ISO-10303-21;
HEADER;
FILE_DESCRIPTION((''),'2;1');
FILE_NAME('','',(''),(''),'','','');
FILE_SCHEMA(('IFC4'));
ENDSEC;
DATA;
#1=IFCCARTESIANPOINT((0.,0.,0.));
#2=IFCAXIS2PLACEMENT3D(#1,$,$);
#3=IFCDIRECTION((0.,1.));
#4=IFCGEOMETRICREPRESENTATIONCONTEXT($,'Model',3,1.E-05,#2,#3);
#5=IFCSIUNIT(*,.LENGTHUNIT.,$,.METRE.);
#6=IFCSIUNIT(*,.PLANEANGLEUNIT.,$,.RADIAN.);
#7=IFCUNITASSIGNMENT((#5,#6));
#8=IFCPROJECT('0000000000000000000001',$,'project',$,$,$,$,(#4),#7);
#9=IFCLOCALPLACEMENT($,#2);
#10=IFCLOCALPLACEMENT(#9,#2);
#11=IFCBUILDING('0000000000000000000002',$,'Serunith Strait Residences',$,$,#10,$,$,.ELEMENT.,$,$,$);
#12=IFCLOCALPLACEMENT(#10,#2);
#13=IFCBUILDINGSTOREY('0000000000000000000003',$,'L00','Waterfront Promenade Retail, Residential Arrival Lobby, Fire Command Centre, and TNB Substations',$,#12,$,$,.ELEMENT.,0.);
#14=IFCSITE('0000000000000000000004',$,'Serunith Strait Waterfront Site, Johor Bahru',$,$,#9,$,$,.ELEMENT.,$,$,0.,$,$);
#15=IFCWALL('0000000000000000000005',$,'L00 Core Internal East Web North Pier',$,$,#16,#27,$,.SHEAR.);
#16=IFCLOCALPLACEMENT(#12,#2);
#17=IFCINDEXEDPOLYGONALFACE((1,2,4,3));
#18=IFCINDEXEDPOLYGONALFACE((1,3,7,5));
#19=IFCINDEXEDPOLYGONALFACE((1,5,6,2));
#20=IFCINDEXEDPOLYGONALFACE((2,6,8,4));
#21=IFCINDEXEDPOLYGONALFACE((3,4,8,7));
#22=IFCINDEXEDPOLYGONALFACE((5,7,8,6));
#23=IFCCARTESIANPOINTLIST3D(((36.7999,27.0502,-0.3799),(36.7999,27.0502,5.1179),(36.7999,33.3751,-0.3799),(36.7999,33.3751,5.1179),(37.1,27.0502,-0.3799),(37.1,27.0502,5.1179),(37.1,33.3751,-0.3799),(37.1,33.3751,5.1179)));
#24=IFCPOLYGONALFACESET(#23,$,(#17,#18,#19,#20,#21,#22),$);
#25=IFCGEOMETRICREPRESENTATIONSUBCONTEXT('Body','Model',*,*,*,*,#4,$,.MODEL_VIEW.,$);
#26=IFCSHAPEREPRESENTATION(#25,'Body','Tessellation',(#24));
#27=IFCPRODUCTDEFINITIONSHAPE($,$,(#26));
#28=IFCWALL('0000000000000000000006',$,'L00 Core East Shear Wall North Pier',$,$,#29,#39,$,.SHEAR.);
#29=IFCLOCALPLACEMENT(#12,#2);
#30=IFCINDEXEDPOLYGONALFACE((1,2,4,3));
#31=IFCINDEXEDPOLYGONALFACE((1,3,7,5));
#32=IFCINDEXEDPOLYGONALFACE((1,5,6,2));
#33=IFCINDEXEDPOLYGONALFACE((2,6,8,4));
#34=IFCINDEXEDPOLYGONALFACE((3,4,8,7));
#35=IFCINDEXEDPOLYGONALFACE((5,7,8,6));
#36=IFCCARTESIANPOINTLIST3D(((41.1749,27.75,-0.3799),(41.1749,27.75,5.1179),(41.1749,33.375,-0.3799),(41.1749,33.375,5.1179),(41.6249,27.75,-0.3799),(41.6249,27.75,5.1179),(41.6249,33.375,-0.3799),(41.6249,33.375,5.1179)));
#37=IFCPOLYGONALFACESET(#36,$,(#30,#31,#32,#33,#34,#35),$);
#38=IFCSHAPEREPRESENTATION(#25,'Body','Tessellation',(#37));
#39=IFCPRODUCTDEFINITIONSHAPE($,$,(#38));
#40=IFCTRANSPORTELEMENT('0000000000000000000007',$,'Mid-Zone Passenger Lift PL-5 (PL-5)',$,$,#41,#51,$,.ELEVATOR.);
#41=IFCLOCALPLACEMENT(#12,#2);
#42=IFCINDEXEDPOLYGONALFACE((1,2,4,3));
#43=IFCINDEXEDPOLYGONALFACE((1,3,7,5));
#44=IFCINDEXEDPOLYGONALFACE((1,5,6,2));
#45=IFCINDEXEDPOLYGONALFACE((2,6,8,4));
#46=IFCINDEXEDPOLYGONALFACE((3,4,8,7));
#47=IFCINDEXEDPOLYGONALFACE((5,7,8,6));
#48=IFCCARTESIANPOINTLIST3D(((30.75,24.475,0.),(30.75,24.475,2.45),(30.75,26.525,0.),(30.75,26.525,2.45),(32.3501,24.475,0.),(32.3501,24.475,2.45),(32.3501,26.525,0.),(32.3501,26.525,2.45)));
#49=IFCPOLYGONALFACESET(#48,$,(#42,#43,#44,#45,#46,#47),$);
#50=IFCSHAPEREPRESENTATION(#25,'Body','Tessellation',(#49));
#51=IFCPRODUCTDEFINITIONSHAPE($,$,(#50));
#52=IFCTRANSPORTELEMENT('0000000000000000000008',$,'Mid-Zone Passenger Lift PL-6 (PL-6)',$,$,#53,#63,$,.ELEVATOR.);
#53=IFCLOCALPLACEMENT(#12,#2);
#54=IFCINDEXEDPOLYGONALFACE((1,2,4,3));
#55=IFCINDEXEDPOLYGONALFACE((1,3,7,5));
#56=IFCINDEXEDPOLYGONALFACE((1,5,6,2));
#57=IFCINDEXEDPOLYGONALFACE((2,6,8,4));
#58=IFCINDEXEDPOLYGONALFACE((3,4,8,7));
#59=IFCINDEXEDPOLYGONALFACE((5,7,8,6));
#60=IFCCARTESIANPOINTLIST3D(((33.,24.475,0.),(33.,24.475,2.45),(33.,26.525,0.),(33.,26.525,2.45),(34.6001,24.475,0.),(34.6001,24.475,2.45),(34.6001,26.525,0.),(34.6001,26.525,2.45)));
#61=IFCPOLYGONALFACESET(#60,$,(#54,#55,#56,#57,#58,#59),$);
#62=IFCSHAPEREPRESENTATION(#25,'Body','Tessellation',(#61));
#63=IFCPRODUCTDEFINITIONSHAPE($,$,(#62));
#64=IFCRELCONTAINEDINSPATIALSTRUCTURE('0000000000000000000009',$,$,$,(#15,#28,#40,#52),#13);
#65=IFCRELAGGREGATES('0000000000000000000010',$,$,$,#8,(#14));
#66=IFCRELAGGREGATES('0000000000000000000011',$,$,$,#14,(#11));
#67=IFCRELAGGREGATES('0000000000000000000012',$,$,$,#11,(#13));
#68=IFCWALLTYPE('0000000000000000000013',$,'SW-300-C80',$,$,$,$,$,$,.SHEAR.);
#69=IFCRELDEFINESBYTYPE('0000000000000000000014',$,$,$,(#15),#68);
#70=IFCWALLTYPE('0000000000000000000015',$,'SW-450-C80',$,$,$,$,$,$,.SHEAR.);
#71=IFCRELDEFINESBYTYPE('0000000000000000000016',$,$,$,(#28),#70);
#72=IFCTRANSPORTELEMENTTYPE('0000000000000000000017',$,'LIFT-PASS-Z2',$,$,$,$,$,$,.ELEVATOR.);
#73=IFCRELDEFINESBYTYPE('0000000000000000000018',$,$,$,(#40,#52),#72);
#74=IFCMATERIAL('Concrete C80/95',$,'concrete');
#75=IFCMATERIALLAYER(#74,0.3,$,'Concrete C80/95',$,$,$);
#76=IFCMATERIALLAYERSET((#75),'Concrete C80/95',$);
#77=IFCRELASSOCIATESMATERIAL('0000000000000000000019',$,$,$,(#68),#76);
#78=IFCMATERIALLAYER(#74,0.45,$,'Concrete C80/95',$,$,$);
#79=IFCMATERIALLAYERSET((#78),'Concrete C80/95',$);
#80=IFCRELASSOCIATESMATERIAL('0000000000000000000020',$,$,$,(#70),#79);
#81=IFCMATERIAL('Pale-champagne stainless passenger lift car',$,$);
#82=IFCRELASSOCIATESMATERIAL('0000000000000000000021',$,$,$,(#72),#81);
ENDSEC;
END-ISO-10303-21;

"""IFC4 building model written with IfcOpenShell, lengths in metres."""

from ifc_helpers import new_model, si_unit, direction, frame, frame_2d, origin, origin_2d, place, context, subcontext, project, spatial, rectangle, extrude, source, transform, mapped, material, layer, layer_set, type_object, element, save


model = new_model("IFC4")

# Units and contexts
model_context = context("Model", 3, precision=1e-05, world=origin(), true_north=direction((0.0, 1.0)))
body_context = subcontext(model_context, "Body", "Model", "MODEL_VIEW")
ifc_project = project(units=[si_unit("LENGTHUNIT", "METRE"), si_unit("PLANEANGLEUNIT", "RADIAN")], contexts=[model_context])

# Site, building, storey
site_placement = place(None, origin())
site = spatial("IfcSite", under=ifc_project, at=site_placement, Name="Serunith Strait Waterfront Site, Johor Bahru", CompositionType="ELEMENT", RefElevation=0.0)
building_placement = place(site_placement, origin())
building = spatial("IfcBuilding", under=site, at=building_placement, Name="Serunith Strait Residences", CompositionType="ELEMENT")
storey_placement = place(building_placement, origin())
storey = spatial("IfcBuildingStorey", under=building, at=storey_placement, Name="L00", Description="Waterfront Promenade Retail, Residential Arrival Lobby, Fire Command Centre, and TNB Substations", CompositionType="ELEMENT", Elevation=0.0)

# Walls
ifc_material_1 = material(Name="Concrete C80/95", Category="concrete")
ifc_layer_1 = layer(ifc_material_1, 0.3, Name="Concrete C80/95")
ifc_layer_set_1 = layer_set([ifc_layer_1], Name="Concrete C80/95")
wall_type_1 = type_object("IfcWallType", Name="SW-300-C80", PredefinedType="SHEAR", material=ifc_layer_set_1)
wall_1_placement = place(storey_placement, frame((36.95, 27.05, -0.3799), z_axis=(0.0, 0.0, 1.0), x_axis=(0.0, 1.0, 0.0)))
element("IfcWall", 1, at=wall_1_placement, inside=storey, type_object=wall_type_1, Name="L00 Core Internal East Web North Pier", PredefinedType="SHEAR", context=body_context, shape_type="SweptSolid", body=[
    extrude(rectangle(XDim=6.325, YDim=0.3, at=frame_2d((3.1626, 0.0))), origin(), (0.0, 0.0, 1.0), 5.4978),
])
ifc_layer_2 = layer(ifc_material_1, 0.45, Name="Concrete C80/95")
ifc_layer_set_2 = layer_set([ifc_layer_2], Name="Concrete C80/95")
wall_type_2 = type_object("IfcWallType", Name="SW-450-C80", PredefinedType="SHEAR", material=ifc_layer_set_2)
wall_2_placement = place(storey_placement, frame((41.3999, 27.75, -0.3799), z_axis=(0.0, 0.0, 1.0), x_axis=(0.0, 1.0, 0.0)))
element("IfcWall", 2, at=wall_2_placement, inside=storey, type_object=wall_type_2, Name="L00 Core East Shear Wall North Pier", PredefinedType="SHEAR", context=body_context, shape_type="SweptSolid", body=[
    extrude(rectangle(XDim=5.625, YDim=0.45, at=frame_2d((2.8125, 0.0))), origin(), (0.0, 0.0, 1.0), 5.4978),
])

# Transport elements
ifc_material_2 = material(Name="Pale-champagne stainless passenger lift car")
transport_element_type = type_object("IfcTransportElementType", Name="LIFT-PASS-Z2", PredefinedType="ELEVATOR", material=ifc_material_2)
shared_shape_1 = source(origin(), body_context, "Body", "SweptSolid", [
    extrude(rectangle(XDim=1.6001, YDim=2.05, at=origin_2d()), origin(), (0.0, 0.0, 1.0), 2.45),
])
for number, where, z_axis, x_axis, name in (
    (3, (31.55, 25.5, 0.0), (0.0, 0.0, 1.0), (1.0, 0.0, 0.0), "Mid-Zone Passenger Lift PL-5 (PL-5)"),
    (4, (33.8, 25.5, 0.0), (0.0, 0.0, 1.0), (1.0, 0.0, 0.0), "Mid-Zone Passenger Lift PL-6 (PL-6)"),
):
    element("IfcTransportElement", number, at=place(storey_placement, frame(where, z_axis=z_axis, x_axis=x_axis)), inside=storey, type_object=transport_element_type, Name=name, PredefinedType="ELEVATOR", context=body_context, shape_type="MappedRepresentation", body=[
        mapped(shared_shape_1, transform((0.0, 0.0, 0.0), scale=1.0)),
    ])

save(model, "model.ifc")
